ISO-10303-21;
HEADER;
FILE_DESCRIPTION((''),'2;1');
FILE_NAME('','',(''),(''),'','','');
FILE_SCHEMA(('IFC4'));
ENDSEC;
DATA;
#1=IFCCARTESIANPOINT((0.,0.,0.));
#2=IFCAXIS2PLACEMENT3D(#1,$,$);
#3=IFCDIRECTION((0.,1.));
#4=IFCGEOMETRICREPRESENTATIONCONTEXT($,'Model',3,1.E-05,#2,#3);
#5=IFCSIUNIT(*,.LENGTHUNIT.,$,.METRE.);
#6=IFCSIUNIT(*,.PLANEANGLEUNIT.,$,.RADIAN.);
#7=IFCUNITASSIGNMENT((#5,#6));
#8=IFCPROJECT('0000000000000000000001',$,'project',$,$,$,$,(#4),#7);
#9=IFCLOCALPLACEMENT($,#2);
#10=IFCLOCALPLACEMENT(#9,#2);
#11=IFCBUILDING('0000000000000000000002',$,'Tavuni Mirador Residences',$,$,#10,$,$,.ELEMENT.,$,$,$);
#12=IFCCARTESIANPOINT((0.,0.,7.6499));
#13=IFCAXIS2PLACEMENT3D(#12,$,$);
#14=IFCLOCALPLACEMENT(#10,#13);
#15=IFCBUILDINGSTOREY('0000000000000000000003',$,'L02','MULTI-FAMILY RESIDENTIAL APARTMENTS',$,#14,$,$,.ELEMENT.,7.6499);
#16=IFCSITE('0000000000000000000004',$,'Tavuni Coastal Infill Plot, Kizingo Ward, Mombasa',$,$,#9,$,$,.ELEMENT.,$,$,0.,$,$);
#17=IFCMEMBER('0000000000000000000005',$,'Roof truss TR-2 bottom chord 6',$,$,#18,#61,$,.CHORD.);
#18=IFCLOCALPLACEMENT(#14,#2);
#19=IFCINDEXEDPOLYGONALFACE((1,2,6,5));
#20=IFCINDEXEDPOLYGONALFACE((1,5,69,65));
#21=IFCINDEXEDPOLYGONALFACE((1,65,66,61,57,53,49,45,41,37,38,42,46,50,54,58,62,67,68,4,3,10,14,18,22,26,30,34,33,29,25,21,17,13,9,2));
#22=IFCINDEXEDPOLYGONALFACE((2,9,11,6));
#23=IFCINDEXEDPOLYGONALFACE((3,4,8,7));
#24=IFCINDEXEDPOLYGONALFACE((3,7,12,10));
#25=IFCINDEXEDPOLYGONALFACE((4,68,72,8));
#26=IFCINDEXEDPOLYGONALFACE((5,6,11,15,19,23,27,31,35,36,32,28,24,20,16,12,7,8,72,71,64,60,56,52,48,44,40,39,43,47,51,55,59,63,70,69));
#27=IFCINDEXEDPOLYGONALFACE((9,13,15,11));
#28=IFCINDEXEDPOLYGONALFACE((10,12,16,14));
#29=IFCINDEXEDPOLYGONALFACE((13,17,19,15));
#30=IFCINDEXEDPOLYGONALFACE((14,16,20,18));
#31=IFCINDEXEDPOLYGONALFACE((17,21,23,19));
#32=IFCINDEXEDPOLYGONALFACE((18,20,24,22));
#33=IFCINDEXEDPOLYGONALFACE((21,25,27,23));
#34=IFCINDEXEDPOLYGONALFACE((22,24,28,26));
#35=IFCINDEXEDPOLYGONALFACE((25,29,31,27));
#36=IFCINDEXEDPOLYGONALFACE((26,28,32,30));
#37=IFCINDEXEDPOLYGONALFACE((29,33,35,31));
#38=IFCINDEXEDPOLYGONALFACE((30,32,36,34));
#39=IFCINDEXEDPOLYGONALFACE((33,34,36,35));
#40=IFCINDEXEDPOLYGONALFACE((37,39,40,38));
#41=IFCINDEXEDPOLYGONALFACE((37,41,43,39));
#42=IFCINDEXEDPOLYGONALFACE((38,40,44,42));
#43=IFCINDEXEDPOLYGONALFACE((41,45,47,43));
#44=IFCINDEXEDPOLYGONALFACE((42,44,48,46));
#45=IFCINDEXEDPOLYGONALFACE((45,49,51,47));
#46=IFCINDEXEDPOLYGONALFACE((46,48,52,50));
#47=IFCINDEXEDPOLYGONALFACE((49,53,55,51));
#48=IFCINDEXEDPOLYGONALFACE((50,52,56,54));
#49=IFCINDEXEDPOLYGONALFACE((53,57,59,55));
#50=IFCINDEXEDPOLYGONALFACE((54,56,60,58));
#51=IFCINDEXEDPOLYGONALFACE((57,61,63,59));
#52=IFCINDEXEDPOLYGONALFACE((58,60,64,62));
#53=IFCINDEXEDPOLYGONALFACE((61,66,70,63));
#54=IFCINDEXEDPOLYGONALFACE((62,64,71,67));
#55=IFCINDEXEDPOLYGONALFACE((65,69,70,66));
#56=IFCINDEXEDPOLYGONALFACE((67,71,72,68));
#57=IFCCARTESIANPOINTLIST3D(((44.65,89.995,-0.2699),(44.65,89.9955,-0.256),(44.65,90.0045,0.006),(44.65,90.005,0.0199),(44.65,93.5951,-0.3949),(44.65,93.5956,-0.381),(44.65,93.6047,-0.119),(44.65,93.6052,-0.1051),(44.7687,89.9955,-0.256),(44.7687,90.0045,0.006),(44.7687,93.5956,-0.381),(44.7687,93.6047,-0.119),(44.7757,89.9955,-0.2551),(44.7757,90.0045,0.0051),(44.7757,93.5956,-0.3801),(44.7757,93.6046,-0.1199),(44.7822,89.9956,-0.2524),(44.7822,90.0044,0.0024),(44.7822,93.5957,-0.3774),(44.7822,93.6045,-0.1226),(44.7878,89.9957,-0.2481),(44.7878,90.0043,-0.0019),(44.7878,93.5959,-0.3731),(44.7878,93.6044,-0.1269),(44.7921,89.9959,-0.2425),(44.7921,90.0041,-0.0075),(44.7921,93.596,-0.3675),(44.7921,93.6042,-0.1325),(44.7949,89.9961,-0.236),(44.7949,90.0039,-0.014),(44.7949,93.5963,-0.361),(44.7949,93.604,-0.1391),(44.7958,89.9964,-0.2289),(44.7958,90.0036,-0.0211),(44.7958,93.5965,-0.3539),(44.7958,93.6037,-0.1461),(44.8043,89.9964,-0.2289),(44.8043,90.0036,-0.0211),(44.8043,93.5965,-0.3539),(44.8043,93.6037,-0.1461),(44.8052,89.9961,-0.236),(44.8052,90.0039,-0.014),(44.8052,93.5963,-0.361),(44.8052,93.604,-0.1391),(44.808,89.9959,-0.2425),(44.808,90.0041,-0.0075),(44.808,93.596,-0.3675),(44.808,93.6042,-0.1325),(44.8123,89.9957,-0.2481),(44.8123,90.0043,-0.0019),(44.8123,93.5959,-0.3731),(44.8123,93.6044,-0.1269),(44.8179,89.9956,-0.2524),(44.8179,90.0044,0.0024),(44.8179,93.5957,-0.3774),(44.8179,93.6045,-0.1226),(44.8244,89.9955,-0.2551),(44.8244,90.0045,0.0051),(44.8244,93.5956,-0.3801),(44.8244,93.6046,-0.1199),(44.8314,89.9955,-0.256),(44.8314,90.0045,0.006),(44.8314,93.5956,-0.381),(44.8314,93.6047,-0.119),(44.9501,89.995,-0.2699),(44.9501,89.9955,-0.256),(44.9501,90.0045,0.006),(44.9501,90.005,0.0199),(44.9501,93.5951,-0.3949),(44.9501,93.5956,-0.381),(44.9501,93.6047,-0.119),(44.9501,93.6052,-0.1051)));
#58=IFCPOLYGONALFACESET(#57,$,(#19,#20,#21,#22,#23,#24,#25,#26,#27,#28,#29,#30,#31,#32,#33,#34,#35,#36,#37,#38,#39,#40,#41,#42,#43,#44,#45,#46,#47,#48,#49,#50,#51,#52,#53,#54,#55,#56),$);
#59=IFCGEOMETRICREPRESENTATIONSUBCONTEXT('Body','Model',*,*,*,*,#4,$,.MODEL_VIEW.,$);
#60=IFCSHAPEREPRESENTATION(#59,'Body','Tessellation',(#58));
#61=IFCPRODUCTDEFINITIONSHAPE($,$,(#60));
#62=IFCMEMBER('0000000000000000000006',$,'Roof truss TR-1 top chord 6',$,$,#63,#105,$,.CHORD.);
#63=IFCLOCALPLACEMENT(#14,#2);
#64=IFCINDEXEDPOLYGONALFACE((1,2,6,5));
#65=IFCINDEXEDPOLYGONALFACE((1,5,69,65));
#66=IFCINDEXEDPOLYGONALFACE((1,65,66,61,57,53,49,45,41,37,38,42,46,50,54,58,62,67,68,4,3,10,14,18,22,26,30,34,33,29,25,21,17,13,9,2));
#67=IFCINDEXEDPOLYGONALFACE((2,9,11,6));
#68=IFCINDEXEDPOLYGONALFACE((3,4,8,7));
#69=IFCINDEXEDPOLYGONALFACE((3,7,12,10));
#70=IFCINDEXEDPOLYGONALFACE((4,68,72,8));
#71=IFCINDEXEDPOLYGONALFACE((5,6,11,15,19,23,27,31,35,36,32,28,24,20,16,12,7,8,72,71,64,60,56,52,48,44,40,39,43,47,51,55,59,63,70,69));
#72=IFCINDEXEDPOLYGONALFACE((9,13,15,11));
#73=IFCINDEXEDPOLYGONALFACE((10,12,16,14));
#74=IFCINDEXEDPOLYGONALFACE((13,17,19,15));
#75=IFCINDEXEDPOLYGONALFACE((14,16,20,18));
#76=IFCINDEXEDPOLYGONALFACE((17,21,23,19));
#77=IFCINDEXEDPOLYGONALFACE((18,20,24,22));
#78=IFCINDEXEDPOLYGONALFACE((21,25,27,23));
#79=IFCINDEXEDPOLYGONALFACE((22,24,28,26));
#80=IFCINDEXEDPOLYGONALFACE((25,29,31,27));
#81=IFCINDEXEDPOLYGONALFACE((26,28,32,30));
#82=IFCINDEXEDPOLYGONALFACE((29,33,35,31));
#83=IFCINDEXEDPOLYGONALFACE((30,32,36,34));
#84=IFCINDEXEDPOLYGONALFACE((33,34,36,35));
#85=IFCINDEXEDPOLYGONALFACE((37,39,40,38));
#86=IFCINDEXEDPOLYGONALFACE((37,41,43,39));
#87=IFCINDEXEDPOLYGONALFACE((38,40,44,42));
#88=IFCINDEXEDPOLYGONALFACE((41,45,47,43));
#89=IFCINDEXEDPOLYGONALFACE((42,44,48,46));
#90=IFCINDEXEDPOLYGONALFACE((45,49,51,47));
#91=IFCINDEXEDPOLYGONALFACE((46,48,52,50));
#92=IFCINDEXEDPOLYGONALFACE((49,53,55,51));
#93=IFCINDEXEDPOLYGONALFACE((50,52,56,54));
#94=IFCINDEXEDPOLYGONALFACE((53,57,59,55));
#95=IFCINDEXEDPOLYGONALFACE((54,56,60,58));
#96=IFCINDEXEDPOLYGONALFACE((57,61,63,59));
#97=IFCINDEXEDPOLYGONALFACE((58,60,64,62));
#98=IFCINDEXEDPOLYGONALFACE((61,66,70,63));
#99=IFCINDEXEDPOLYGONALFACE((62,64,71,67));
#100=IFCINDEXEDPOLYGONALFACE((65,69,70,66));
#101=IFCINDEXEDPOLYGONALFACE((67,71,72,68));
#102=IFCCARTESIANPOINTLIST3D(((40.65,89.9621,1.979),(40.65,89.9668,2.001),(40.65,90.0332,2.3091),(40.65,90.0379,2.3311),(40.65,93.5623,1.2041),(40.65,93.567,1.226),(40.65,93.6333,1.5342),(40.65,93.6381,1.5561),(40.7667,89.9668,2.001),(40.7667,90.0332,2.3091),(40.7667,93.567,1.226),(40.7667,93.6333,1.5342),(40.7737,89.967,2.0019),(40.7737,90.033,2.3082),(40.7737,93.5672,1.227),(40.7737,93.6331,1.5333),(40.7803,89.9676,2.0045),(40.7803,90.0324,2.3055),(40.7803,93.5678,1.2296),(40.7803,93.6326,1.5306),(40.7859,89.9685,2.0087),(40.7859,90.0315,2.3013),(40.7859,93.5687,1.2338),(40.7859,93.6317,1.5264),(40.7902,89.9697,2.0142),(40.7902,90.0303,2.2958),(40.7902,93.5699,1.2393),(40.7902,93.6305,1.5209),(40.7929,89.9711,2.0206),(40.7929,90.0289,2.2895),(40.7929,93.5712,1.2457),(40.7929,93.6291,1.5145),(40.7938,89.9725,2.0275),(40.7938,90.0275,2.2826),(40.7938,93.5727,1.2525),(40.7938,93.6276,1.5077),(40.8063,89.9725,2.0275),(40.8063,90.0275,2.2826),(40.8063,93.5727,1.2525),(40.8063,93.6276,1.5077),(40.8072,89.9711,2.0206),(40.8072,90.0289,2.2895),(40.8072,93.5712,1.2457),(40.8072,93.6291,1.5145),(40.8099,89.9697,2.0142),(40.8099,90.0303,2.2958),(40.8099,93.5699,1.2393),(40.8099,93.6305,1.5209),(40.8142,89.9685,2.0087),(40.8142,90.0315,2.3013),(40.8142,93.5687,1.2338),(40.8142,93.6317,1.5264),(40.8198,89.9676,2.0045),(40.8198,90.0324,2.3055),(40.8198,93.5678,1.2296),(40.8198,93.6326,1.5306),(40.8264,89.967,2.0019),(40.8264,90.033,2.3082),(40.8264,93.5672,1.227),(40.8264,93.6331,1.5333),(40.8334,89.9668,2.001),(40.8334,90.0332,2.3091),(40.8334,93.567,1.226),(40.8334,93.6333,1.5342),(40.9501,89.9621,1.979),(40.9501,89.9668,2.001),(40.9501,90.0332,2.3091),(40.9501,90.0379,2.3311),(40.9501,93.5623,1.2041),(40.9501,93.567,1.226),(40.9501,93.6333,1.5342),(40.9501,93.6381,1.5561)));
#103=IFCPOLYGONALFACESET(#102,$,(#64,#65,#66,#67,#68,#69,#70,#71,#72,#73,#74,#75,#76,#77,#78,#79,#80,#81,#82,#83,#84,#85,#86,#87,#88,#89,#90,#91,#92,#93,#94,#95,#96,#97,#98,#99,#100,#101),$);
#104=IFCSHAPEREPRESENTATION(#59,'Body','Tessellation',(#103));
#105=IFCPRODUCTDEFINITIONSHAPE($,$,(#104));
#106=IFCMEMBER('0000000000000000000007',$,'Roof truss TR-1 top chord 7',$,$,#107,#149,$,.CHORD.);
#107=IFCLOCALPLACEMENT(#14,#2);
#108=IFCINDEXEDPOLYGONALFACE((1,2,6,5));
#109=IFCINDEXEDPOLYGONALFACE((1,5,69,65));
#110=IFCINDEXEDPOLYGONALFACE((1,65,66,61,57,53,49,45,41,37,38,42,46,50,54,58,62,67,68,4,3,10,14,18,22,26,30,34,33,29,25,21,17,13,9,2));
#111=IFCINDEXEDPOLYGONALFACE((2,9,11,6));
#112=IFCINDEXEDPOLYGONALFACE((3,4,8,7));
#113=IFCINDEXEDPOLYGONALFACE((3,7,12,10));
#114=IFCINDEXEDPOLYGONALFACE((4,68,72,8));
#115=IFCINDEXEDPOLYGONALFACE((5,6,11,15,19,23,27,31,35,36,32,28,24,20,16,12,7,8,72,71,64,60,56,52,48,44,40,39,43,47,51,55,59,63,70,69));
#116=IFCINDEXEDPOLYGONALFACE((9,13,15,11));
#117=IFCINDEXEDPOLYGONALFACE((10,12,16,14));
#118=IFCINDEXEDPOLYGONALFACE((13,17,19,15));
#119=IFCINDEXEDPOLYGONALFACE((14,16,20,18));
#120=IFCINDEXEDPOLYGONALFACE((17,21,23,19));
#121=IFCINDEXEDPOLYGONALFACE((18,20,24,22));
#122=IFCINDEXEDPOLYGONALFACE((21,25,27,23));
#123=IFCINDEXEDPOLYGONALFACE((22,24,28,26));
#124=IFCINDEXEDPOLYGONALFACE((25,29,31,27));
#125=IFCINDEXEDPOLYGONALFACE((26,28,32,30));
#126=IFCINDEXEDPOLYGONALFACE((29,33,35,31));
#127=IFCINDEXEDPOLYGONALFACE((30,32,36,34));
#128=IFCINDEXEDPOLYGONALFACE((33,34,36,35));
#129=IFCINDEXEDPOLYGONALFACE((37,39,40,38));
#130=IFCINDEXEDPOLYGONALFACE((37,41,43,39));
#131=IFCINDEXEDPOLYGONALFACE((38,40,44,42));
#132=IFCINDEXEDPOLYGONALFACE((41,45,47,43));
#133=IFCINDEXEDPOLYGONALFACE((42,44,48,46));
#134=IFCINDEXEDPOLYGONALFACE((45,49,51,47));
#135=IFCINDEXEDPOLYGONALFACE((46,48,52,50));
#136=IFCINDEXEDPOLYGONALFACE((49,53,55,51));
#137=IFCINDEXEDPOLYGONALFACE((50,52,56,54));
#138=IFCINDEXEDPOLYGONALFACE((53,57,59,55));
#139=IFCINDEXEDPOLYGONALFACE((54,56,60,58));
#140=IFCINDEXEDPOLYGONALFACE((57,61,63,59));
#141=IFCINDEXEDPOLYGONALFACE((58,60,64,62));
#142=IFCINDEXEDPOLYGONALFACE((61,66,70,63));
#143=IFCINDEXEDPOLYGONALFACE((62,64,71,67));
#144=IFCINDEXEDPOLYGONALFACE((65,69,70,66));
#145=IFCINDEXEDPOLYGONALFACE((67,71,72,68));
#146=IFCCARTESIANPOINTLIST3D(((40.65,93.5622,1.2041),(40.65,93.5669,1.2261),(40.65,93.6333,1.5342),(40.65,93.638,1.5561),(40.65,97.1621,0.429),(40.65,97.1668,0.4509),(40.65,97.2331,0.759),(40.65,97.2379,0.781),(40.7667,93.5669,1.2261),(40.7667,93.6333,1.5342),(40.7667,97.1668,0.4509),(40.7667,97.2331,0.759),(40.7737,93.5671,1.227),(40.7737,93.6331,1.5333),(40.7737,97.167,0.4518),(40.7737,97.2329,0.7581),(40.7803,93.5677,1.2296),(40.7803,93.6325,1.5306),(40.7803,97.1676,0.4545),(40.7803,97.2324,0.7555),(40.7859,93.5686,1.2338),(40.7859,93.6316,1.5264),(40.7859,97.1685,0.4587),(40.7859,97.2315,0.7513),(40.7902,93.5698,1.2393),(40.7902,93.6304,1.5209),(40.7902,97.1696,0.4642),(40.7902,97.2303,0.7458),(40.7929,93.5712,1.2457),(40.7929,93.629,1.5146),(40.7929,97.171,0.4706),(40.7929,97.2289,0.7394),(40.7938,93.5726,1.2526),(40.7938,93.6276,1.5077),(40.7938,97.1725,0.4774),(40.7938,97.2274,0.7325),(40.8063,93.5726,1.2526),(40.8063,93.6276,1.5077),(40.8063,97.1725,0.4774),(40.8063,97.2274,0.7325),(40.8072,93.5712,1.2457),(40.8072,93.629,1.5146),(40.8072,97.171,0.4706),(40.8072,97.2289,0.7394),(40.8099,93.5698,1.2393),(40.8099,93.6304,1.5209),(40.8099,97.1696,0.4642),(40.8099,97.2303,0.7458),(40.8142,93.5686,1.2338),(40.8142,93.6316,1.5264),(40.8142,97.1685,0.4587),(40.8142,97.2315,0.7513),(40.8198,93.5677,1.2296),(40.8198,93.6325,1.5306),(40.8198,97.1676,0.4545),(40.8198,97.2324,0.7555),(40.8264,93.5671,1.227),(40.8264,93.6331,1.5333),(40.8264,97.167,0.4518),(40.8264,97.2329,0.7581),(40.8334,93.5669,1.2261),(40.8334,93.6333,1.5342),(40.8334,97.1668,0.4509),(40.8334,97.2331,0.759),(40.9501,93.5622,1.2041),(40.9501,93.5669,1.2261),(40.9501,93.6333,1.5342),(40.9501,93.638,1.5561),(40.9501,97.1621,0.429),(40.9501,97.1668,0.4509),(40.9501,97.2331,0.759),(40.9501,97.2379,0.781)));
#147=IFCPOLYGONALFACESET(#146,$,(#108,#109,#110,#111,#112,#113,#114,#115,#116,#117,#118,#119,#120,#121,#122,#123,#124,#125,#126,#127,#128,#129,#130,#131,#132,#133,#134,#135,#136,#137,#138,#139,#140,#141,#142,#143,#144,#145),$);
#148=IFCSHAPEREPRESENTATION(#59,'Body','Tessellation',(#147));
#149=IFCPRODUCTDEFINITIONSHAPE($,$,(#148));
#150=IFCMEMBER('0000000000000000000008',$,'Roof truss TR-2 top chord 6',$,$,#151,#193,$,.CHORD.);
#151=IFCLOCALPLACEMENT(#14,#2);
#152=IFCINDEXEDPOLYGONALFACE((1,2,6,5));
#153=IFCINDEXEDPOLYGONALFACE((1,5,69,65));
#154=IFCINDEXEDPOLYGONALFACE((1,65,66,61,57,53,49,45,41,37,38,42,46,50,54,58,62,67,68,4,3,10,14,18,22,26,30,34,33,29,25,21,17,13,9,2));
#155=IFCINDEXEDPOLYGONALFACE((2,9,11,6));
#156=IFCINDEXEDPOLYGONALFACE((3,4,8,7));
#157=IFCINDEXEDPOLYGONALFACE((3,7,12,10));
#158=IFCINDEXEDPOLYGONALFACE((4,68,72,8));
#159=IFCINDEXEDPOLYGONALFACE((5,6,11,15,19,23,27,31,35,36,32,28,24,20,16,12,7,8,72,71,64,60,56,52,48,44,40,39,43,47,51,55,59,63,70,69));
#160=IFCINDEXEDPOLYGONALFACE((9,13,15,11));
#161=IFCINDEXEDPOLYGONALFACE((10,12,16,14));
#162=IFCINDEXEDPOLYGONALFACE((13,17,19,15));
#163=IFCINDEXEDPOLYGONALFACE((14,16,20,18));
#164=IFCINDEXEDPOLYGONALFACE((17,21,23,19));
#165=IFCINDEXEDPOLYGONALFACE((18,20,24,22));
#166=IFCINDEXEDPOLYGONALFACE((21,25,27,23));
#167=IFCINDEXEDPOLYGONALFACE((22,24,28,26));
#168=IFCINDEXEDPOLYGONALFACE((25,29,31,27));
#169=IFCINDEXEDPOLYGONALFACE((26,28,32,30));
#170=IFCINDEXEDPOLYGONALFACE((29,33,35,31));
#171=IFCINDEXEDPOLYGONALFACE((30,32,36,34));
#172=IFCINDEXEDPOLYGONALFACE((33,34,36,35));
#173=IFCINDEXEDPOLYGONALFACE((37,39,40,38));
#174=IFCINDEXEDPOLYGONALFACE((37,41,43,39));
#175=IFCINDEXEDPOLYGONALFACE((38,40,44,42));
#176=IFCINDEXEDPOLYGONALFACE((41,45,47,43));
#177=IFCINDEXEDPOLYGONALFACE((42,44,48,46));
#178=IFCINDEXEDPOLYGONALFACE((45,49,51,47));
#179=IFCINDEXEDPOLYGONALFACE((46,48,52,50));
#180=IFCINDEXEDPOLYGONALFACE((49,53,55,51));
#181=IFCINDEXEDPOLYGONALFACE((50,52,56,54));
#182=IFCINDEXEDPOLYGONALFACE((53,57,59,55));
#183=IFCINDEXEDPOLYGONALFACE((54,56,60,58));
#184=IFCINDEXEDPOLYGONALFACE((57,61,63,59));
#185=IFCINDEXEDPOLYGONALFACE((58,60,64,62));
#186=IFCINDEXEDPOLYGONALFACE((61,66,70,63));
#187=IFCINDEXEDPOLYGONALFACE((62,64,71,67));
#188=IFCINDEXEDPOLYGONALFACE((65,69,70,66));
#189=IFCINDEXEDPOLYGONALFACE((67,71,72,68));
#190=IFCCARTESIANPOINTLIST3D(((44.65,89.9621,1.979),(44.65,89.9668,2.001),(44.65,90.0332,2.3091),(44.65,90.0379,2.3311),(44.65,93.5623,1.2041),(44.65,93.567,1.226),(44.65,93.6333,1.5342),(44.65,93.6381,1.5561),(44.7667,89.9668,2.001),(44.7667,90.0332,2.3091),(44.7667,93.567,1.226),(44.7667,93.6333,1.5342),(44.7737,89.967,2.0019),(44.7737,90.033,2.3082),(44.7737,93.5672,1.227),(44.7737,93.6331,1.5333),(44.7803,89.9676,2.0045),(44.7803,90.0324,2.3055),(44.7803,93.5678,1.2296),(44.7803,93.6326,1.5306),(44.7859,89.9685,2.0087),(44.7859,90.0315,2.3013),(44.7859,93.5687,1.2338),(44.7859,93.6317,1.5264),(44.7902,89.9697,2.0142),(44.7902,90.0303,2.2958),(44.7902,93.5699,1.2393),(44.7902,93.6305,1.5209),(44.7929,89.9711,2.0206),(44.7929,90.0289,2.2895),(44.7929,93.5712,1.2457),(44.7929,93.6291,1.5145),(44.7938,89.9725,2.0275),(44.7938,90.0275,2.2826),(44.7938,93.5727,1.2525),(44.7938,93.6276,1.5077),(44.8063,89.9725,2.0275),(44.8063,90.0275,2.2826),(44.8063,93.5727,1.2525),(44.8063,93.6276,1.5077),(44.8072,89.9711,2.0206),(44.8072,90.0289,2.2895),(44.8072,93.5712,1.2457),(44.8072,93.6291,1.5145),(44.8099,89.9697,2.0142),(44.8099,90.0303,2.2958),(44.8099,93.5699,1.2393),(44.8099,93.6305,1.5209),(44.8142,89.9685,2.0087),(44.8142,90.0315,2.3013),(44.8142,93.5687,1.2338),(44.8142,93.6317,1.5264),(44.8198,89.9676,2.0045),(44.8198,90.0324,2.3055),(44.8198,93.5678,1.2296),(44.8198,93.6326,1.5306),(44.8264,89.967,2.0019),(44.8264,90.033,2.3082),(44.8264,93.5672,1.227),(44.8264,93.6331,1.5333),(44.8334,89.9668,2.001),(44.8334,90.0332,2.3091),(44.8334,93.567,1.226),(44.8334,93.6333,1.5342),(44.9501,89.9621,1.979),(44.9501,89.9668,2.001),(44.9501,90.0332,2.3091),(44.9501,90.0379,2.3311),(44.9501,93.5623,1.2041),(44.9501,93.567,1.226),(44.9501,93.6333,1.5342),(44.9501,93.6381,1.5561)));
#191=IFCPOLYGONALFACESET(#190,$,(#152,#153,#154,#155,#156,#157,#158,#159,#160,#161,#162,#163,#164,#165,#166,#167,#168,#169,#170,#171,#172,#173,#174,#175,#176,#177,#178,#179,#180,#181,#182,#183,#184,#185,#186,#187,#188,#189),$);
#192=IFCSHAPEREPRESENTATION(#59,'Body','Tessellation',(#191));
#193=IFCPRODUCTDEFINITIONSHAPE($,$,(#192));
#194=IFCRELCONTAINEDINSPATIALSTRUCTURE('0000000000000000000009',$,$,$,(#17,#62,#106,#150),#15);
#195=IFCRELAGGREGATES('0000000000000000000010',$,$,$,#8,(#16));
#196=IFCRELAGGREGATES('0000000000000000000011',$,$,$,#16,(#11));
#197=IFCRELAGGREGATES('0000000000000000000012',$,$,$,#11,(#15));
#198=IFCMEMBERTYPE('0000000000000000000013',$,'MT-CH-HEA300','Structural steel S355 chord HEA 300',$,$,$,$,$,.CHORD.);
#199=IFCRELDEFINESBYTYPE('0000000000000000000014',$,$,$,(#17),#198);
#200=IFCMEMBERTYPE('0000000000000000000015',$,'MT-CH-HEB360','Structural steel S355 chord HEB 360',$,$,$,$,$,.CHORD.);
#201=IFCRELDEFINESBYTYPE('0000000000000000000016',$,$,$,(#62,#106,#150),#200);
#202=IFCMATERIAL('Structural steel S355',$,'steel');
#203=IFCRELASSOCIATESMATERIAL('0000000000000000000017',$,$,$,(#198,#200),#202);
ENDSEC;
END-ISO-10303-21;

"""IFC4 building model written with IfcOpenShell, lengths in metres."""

from ifc_helpers import new_model, si_unit, direction, frame, origin, origin_2d, place, context, subcontext, project, spatial, i_section, extrude, material, material_profile, profile_set, type_object, element, save


model = new_model("IFC4")

# Units and contexts
model_context = context("Model", 3, precision=1e-05, world=origin(), true_north=direction((0.0, 1.0)))
body_context = subcontext(model_context, "Body", "Model", "MODEL_VIEW")
ifc_project = project(units=[si_unit("LENGTHUNIT", "METRE"), si_unit("PLANEANGLEUNIT", "RADIAN")], contexts=[model_context])

# Site, building, storey
site_placement = place(None, origin())
site = spatial("IfcSite", under=ifc_project, at=site_placement, Name="Tavuni Coastal Infill Plot, Kizingo Ward, Mombasa", CompositionType="ELEMENT", RefElevation=0.0)
building_placement = place(site_placement, origin())
building = spatial("IfcBuilding", under=site, at=building_placement, Name="Tavuni Mirador Residences", CompositionType="ELEMENT")
storey_placement = place(building_placement, frame((0.0, 0.0, 7.6499)))
storey = spatial("IfcBuildingStorey", under=building, at=storey_placement, Name="L02", Description="MULTI-FAMILY RESIDENTIAL APARTMENTS", CompositionType="ELEMENT", Elevation=7.6499)

# Members
ifc_material = material(Name="Structural steel S355", Category="steel")
ifc_material_profile_1 = material_profile(ifc_material, i_section(OverallWidth=0.3, OverallDepth=0.29, WebThickness=0.0085, FlangeThickness=0.0139, FilletRadius=0.0271, at=origin_2d()), Name="HEA 300", Category="steel")
ifc_profile_set_1 = profile_set([ifc_material_profile_1], Name="Structural steel S355")
member_type_1 = type_object("IfcMemberType", Name="MT-CH-HEA300", Description="Structural steel S355 chord HEA 300", PredefinedType="CHORD", material=ifc_profile_set_1)
member_1_placement = place(storey_placement, frame((44.8, 90.0, -0.125), z_axis=(0.0, 0.999398, -0.0347), x_axis=(-1.0, 0.0, 0.0)))
element("IfcMember", 1, at=member_1_placement, inside=storey, type_object=member_type_1, Name="Roof truss TR-2 bottom chord 6", PredefinedType="CHORD", context=body_context, shape_type="SweptSolid", body=[
    extrude(i_section(OverallWidth=0.3, OverallDepth=0.29, WebThickness=0.0085, FlangeThickness=0.0139, FilletRadius=0.0271, at=origin_2d()), origin(), (0.0, 0.0, 1.0), 3.6023),
])
ifc_material_profile_2 = material_profile(ifc_material, i_section(OverallWidth=0.3, OverallDepth=0.3601, WebThickness=0.0125, FlangeThickness=0.0225, FilletRadius=0.0271, at=origin_2d()), Name="HEB 360", Category="steel")
ifc_profile_set_2 = profile_set([ifc_material_profile_2], Name="Structural steel S355")
member_type_2 = type_object("IfcMemberType", Name="MT-CH-HEB360", Description="Structural steel S355 chord HEB 360", PredefinedType="CHORD", material=ifc_profile_set_2)
member_2_placement = place(storey_placement, frame((40.8, 90.0, 2.155), z_axis=(0.0, 0.97761, -0.210425), x_axis=(-1.0, 0.0, 0.0)))
element("IfcMember", 2, at=member_2_placement, inside=storey, type_object=member_type_2, Name="Roof truss TR-1 top chord 6", PredefinedType="CHORD", context=body_context, shape_type="SweptSolid", body=[
    extrude(i_section(OverallWidth=0.3, OverallDepth=0.3601, WebThickness=0.0125, FlangeThickness=0.0225, FilletRadius=0.0271, at=origin_2d()), origin(), (0.0, 0.0, 1.0), 3.6826),
])
member_3_placement = place(storey_placement, frame((40.8, 93.6001, 1.3801), z_axis=(0.0, 0.977593, -0.210502), x_axis=(-1.0, 0.0, 0.0)))
element("IfcMember", 3, at=member_3_placement, inside=storey, type_object=member_type_2, Name="Roof truss TR-1 top chord 7", PredefinedType="CHORD", context=body_context, shape_type="SweptSolid", body=[
    extrude(i_section(OverallWidth=0.3, OverallDepth=0.3601, WebThickness=0.0125, FlangeThickness=0.0225, FilletRadius=0.0271, at=origin_2d()), origin(), (0.0, 0.0, 1.0), 3.6824),
])
member_4_placement = place(storey_placement, frame((44.8, 90.0, 2.155), z_axis=(0.0, 0.97761, -0.210425), x_axis=(-1.0, 0.0, 0.0)))
element("IfcMember", 4, at=member_4_placement, inside=storey, type_object=member_type_2, Name="Roof truss TR-2 top chord 6", PredefinedType="CHORD", context=body_context, shape_type="SweptSolid", body=[
    extrude(i_section(OverallWidth=0.3, OverallDepth=0.3601, WebThickness=0.0125, FlangeThickness=0.0225, FilletRadius=0.0271, at=origin_2d()), origin(), (0.0, 0.0, 1.0), 3.6826),
])

save(model, "model.ifc")
